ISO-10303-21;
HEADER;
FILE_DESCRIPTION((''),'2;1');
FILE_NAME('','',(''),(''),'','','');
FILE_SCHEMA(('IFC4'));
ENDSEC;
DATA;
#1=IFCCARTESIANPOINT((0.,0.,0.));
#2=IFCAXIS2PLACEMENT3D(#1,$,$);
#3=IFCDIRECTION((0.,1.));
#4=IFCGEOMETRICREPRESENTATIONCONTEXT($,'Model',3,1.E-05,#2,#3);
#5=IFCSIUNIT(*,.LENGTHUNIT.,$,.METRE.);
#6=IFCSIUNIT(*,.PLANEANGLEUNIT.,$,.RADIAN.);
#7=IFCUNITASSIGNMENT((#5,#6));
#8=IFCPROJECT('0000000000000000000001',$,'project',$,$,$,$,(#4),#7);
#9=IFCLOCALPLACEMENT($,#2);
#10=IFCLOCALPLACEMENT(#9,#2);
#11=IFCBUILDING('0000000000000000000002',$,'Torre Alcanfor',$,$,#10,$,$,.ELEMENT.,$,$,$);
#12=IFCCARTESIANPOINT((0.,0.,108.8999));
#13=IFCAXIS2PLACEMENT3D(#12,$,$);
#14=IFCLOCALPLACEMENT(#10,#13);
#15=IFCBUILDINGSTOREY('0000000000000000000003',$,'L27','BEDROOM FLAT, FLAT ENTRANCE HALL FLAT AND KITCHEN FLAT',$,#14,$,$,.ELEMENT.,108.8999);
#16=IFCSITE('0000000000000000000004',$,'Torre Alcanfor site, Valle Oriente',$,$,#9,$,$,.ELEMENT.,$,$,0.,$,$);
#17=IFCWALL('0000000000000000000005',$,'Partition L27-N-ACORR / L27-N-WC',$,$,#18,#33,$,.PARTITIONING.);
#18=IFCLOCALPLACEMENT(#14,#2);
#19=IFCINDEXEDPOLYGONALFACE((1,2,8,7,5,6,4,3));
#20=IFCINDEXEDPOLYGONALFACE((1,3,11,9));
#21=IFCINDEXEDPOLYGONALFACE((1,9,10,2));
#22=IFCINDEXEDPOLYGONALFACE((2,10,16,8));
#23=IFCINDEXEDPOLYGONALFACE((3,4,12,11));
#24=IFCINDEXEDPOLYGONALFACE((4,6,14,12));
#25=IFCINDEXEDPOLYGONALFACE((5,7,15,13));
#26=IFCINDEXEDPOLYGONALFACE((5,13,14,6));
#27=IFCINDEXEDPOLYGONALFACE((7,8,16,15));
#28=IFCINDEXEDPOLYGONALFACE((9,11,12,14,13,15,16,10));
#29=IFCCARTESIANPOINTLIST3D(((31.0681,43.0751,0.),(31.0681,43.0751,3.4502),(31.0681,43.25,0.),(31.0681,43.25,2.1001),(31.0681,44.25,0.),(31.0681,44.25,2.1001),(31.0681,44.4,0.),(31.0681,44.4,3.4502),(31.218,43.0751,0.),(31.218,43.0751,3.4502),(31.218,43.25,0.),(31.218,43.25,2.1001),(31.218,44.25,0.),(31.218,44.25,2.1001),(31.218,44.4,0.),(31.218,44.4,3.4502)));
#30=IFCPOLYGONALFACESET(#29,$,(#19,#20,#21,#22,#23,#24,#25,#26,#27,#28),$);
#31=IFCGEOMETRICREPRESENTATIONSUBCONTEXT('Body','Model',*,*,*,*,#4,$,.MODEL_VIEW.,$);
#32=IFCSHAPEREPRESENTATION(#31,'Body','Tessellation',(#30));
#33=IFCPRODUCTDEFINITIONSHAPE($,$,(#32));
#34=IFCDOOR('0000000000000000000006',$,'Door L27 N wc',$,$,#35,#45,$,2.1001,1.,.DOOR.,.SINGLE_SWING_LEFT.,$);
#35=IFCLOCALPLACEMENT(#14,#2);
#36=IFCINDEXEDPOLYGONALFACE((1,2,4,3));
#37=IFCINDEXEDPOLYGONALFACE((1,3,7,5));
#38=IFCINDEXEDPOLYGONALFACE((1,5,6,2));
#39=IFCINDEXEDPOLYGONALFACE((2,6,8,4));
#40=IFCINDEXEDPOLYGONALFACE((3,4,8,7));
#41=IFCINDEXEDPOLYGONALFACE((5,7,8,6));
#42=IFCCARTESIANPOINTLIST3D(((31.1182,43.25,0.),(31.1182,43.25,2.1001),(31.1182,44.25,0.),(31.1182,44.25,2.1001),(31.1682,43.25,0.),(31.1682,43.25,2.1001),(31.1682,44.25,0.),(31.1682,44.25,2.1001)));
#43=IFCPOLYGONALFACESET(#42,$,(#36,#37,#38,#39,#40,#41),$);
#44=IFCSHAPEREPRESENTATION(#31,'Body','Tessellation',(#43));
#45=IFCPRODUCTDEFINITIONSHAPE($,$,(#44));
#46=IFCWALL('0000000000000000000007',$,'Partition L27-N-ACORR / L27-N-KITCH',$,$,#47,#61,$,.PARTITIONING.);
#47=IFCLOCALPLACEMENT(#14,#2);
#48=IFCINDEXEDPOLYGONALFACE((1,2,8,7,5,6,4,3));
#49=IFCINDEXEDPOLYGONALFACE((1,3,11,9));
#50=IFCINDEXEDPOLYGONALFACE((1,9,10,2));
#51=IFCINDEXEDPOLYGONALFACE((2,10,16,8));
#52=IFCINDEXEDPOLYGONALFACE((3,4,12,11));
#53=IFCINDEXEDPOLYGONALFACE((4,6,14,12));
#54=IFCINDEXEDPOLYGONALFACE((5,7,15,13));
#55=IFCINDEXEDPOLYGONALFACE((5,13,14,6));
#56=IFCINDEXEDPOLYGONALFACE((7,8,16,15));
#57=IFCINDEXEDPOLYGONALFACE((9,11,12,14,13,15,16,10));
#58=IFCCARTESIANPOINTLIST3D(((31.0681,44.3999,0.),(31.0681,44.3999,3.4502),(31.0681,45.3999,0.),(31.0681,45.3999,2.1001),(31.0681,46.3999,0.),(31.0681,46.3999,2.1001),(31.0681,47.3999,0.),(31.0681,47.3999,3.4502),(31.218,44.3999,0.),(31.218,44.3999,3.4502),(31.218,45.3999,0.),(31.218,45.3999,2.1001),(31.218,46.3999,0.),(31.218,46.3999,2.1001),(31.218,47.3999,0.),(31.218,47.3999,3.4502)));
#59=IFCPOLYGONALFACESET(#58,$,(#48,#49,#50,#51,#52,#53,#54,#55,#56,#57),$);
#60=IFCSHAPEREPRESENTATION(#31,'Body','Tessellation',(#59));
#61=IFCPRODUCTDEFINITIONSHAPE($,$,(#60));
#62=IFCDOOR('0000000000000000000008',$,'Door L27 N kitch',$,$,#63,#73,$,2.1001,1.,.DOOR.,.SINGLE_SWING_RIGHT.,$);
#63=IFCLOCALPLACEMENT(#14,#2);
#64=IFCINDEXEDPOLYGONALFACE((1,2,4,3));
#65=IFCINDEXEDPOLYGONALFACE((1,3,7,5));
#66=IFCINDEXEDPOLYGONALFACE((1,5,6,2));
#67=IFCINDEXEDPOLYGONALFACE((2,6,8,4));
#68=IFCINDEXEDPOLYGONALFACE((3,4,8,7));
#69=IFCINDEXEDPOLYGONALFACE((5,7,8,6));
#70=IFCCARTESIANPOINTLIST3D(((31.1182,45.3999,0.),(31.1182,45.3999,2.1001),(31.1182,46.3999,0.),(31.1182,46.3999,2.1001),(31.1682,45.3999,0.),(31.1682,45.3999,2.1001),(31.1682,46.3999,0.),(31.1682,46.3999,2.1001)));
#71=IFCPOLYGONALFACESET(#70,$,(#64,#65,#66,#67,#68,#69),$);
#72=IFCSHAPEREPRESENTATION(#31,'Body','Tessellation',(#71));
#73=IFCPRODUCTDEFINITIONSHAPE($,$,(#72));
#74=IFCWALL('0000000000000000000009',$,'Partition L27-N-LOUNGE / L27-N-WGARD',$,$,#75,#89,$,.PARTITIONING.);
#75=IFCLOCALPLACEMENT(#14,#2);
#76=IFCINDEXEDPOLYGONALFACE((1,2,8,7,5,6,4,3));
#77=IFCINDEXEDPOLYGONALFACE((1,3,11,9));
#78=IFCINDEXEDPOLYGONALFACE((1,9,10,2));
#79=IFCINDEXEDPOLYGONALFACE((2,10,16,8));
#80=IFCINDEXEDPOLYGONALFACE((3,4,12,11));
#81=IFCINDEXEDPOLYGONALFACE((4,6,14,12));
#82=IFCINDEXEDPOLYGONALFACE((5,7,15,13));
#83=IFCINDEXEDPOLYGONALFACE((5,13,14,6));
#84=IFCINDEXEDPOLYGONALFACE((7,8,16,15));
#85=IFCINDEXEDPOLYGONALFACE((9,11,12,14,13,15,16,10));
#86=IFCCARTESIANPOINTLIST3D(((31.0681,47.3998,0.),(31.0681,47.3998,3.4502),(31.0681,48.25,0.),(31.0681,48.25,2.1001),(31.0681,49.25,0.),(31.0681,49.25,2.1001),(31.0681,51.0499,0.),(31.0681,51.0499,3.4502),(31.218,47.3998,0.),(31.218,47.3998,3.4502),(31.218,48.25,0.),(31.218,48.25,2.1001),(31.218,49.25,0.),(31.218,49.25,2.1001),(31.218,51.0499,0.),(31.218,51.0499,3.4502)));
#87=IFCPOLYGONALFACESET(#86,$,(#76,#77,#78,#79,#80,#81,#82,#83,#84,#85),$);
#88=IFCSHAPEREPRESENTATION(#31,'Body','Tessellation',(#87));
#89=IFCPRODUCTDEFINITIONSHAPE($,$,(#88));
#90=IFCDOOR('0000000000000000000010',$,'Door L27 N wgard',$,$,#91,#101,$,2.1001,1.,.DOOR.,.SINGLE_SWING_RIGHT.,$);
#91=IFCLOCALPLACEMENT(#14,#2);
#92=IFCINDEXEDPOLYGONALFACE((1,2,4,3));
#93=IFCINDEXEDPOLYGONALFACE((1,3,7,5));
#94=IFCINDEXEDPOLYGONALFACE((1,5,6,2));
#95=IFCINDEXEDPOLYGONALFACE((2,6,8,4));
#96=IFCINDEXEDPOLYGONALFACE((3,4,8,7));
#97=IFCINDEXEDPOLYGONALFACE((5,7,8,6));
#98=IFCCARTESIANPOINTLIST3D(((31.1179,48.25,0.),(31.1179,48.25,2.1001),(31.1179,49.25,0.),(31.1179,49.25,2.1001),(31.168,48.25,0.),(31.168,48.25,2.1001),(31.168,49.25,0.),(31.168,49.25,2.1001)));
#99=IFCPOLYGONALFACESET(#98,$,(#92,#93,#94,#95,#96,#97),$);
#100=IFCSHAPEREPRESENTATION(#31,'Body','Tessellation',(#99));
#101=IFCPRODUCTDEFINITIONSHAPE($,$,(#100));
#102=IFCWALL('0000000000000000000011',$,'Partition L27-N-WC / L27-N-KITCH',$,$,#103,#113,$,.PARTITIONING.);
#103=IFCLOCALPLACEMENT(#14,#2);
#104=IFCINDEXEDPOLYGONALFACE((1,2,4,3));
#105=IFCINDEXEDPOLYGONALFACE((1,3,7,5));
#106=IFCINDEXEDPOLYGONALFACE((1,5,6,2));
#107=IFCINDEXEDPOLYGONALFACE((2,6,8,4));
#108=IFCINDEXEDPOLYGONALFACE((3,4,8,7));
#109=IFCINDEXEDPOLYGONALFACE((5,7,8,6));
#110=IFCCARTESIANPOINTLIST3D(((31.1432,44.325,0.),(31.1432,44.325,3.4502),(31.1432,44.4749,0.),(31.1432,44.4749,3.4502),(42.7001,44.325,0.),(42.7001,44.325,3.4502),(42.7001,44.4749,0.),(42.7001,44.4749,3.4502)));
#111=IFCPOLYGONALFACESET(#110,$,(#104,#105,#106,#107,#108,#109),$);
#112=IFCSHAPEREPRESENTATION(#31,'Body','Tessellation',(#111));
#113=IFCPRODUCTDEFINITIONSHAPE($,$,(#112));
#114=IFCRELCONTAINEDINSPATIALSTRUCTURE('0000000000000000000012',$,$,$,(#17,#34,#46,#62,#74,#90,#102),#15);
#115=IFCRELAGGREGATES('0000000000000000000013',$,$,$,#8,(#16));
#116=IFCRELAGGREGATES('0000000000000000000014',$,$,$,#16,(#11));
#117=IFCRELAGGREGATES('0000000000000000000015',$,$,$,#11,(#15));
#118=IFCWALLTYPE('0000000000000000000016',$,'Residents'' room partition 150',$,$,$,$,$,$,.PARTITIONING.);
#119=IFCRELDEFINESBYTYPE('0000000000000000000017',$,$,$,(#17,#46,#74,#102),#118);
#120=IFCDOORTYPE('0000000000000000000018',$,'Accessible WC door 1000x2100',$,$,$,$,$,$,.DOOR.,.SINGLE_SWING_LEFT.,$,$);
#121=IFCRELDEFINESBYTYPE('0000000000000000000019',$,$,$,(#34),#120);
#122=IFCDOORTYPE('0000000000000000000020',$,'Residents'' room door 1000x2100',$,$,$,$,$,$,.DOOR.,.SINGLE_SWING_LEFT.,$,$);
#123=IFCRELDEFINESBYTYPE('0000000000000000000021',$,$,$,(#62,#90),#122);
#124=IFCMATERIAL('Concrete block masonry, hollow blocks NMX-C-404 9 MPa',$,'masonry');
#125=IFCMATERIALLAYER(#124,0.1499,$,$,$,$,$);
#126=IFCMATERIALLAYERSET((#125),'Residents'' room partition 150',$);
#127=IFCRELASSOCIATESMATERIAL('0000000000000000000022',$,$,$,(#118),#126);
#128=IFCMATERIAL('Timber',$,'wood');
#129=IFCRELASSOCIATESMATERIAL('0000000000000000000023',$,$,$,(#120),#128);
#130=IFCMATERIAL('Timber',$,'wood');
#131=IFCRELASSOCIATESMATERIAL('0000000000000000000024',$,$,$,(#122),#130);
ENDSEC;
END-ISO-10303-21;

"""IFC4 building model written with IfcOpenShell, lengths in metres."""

from ifc_helpers import new_model, si_unit, direction, frame, frame_2d, origin, place, context, subcontext, project, spatial, rectangle, extrude, material, layer, layer_set, type_object, element, fill, save


model = new_model("IFC4")

# Units and contexts
model_context = context("Model", 3, precision=1e-05, world=origin(), true_north=direction((0.0, 1.0)))
body_context = subcontext(model_context, "Body", "Model", "MODEL_VIEW")
ifc_project = project(units=[si_unit("LENGTHUNIT", "METRE"), si_unit("PLANEANGLEUNIT", "RADIAN")], contexts=[model_context])

# Site, building, storey
site_placement = place(None, origin())
site = spatial("IfcSite", under=ifc_project, at=site_placement, Name="Torre Alcanfor site, Valle Oriente", CompositionType="ELEMENT", RefElevation=0.0)
building_placement = place(site_placement, origin())
building = spatial("IfcBuilding", under=site, at=building_placement, Name="Torre Alcanfor", CompositionType="ELEMENT")
storey_placement = place(building_placement, frame((0.0, 0.0, 108.8999)))
storey = spatial("IfcBuildingStorey", under=building, at=storey_placement, Name="L27", Description="BEDROOM FLAT, FLAT ENTRANCE HALL FLAT AND KITCHEN FLAT", CompositionType="ELEMENT", Elevation=108.8999)

# Shared definitions
ifc_material_1 = material(Name="Concrete block masonry, hollow blocks NMX-C-404 9 MPa", Category="masonry")
ifc_layer_1 = layer(ifc_material_1, 0.1499)
ifc_layer_set_1 = layer_set([ifc_layer_1], Name="Residents' room partition 150")
wall_type = type_object("IfcWallType", Name="Residents' room partition 150", PredefinedType="PARTITIONING", material=ifc_layer_set_1)

# Walls, openings, doors
wall_1_placement = place(storey_placement, frame((31.1431, 43.075, 0.0), z_axis=(0.0, 0.0, 1.0), x_axis=(0.0, 1.0, 0.0)))
wall_1 = element("IfcWall", 1, at=wall_1_placement, inside=storey, type_object=wall_type, Name="Partition L27-N-ACORR / L27-N-WC", PredefinedType="PARTITIONING", context=body_context, shape_type="SweptSolid", body=[
    extrude(rectangle(XDim=1.325, YDim=0.1499, at=frame_2d((0.6626, 0.0))), origin(), (0.0, 0.0, 1.0), 3.4502),
])
opening_1_placement = place(wall_1_placement, frame((0.175, 0.0, 0.0)))
opening_1 = element("IfcOpeningElement", 2, at=opening_1_placement, cuts=wall_1, PredefinedType="OPENING", context=body_context, shape_type="SweptSolid", body=[
    extrude(rectangle(XDim=1.0, YDim=2.1001, at=frame_2d((0.5, 1.05))), frame((0.0, 0.085, 0.0), z_axis=(0.0, -1.0, 0.0), x_axis=(1.0, 0.0, 0.0)), (0.0, 0.0, 1.0), 0.1699),
])
ifc_material_2 = material(Name="Timber", Category="wood")
door_type_1 = type_object("IfcDoorType", Name="Accessible WC door 1000x2100", OperationType="SINGLE_SWING_LEFT", PredefinedType="DOOR", material=ifc_material_2)
door_1_placement = place(opening_1_placement, origin())
door_1 = element("IfcDoor", 3, at=door_1_placement, inside=storey, type_object=door_type_1, Name="Door L27 N wc", OperationType="SINGLE_SWING_LEFT", OverallHeight=2.1001, OverallWidth=1.0, PredefinedType="DOOR", context=body_context, shape_type="SweptSolid", body=[
    extrude(rectangle(XDim=1.0, YDim=2.1001, at=frame_2d((0.5, 1.05))), frame((0.0, 0.0249, 0.0), z_axis=(0.0, -1.0, 0.0), x_axis=(1.0, 0.0, 0.0)), (0.0, 0.0, 1.0), 0.05),
])
fill(opening_1, door_1)
wall_2_placement = place(storey_placement, frame((31.1431, 44.3999, 0.0), z_axis=(0.0, 0.0, 1.0), x_axis=(0.0, 1.0, 0.0)))
wall_2 = element("IfcWall", 4, at=wall_2_placement, inside=storey, type_object=wall_type, Name="Partition L27-N-ACORR / L27-N-KITCH", PredefinedType="PARTITIONING", context=body_context, shape_type="SweptSolid", body=[
    extrude(rectangle(XDim=3.0, YDim=0.1499, at=frame_2d((1.5, 0.0))), origin(), (0.0, 0.0, 1.0), 3.4502),
])
opening_2_placement = place(wall_2_placement, frame((1.0, 0.0, 0.0)))
opening_2 = element("IfcOpeningElement", 5, at=opening_2_placement, cuts=wall_2, PredefinedType="OPENING", context=body_context, shape_type="SweptSolid", body=[
    extrude(rectangle(XDim=1.0, YDim=2.1001, at=frame_2d((0.5, 1.05))), frame((0.0, 0.085, 0.0), z_axis=(0.0, -1.0, 0.0), x_axis=(1.0, 0.0, 0.0)), (0.0, 0.0, 1.0), 0.1699),
])
ifc_material_3 = material(Name="Timber", Category="wood")
door_type_2 = type_object("IfcDoorType", Name="Residents' room door 1000x2100", OperationType="SINGLE_SWING_LEFT", PredefinedType="DOOR", material=ifc_material_3)
door_2_placement = place(opening_2_placement, frame((1.0, 0.0, 0.0), z_axis=(0.0, 0.0, 1.0), x_axis=(-1.0, 0.0, 0.0)))
door_2 = element("IfcDoor", 6, at=door_2_placement, inside=storey, type_object=door_type_2, Name="Door L27 N kitch", OperationType="SINGLE_SWING_RIGHT", OverallHeight=2.1001, OverallWidth=1.0, PredefinedType="DOOR", context=body_context, shape_type="SweptSolid", body=[
    extrude(rectangle(XDim=1.0, YDim=2.1001, at=frame_2d((0.5, 1.05))), frame((0.0, 0.0251, 0.0), z_axis=(0.0, -1.0, 0.0), x_axis=(1.0, 0.0, 0.0)), (0.0, 0.0, 1.0), 0.05),
])
fill(opening_2, door_2)
wall_3_placement = place(storey_placement, frame((31.1431, 51.05, 0.0), z_axis=(0.0, 0.0, 1.0), x_axis=(0.0, -1.0, 0.0)))
wall_3 = element("IfcWall", 7, at=wall_3_placement, inside=storey, type_object=wall_type, Name="Partition L27-N-LOUNGE / L27-N-WGARD", PredefinedType="PARTITIONING", context=body_context, shape_type="SweptSolid", body=[
    extrude(rectangle(XDim=3.6501, YDim=0.1499, at=frame_2d((1.8252, 0.0))), origin(), (0.0, 0.0, 1.0), 3.4502),
])
opening_3_placement = place(wall_3_placement, frame((1.8, 0.0, 0.0)))
opening_3 = element("IfcOpeningElement", 8, at=opening_3_placement, cuts=wall_3, PredefinedType="OPENING", context=body_context, shape_type="SweptSolid", body=[
    extrude(rectangle(XDim=1.0, YDim=2.1001, at=frame_2d((0.5, 1.05))), frame((0.0, 0.085, 0.0), z_axis=(0.0, -1.0, 0.0), x_axis=(1.0, 0.0, 0.0)), (0.0, 0.0, 1.0), 0.1699),
])
door_3_placement = place(opening_3_placement, origin())
door_3 = element("IfcDoor", 9, at=door_3_placement, inside=storey, type_object=door_type_2, Name="Door L27 N wgard", OperationType="SINGLE_SWING_RIGHT", OverallHeight=2.1001, OverallWidth=1.0, PredefinedType="DOOR", context=body_context, shape_type="SweptSolid", body=[
    extrude(rectangle(XDim=1.0, YDim=2.1001, at=frame_2d((0.5, 1.05))), frame((0.0, 0.0249, 0.0), z_axis=(0.0, -1.0, 0.0), x_axis=(1.0, 0.0, 0.0)), (0.0, 0.0, 1.0), 0.05),
])
fill(opening_3, door_3)

# Wall
wall_4_placement = place(storey_placement, frame((42.7, 44.3999, 0.0), z_axis=(0.0, 0.0, 1.0), x_axis=(-1.0, 0.0, 0.0)))
element("IfcWall", 10, at=wall_4_placement, inside=storey, type_object=wall_type, Name="Partition L27-N-WC / L27-N-KITCH", PredefinedType="PARTITIONING", context=body_context, shape_type="SweptSolid", body=[
    extrude(rectangle(XDim=11.5569, YDim=0.1499, at=frame_2d((5.7783, 0.0))), origin(), (0.0, 0.0, 1.0), 3.4502),
])

save(model, "model.ifc")
